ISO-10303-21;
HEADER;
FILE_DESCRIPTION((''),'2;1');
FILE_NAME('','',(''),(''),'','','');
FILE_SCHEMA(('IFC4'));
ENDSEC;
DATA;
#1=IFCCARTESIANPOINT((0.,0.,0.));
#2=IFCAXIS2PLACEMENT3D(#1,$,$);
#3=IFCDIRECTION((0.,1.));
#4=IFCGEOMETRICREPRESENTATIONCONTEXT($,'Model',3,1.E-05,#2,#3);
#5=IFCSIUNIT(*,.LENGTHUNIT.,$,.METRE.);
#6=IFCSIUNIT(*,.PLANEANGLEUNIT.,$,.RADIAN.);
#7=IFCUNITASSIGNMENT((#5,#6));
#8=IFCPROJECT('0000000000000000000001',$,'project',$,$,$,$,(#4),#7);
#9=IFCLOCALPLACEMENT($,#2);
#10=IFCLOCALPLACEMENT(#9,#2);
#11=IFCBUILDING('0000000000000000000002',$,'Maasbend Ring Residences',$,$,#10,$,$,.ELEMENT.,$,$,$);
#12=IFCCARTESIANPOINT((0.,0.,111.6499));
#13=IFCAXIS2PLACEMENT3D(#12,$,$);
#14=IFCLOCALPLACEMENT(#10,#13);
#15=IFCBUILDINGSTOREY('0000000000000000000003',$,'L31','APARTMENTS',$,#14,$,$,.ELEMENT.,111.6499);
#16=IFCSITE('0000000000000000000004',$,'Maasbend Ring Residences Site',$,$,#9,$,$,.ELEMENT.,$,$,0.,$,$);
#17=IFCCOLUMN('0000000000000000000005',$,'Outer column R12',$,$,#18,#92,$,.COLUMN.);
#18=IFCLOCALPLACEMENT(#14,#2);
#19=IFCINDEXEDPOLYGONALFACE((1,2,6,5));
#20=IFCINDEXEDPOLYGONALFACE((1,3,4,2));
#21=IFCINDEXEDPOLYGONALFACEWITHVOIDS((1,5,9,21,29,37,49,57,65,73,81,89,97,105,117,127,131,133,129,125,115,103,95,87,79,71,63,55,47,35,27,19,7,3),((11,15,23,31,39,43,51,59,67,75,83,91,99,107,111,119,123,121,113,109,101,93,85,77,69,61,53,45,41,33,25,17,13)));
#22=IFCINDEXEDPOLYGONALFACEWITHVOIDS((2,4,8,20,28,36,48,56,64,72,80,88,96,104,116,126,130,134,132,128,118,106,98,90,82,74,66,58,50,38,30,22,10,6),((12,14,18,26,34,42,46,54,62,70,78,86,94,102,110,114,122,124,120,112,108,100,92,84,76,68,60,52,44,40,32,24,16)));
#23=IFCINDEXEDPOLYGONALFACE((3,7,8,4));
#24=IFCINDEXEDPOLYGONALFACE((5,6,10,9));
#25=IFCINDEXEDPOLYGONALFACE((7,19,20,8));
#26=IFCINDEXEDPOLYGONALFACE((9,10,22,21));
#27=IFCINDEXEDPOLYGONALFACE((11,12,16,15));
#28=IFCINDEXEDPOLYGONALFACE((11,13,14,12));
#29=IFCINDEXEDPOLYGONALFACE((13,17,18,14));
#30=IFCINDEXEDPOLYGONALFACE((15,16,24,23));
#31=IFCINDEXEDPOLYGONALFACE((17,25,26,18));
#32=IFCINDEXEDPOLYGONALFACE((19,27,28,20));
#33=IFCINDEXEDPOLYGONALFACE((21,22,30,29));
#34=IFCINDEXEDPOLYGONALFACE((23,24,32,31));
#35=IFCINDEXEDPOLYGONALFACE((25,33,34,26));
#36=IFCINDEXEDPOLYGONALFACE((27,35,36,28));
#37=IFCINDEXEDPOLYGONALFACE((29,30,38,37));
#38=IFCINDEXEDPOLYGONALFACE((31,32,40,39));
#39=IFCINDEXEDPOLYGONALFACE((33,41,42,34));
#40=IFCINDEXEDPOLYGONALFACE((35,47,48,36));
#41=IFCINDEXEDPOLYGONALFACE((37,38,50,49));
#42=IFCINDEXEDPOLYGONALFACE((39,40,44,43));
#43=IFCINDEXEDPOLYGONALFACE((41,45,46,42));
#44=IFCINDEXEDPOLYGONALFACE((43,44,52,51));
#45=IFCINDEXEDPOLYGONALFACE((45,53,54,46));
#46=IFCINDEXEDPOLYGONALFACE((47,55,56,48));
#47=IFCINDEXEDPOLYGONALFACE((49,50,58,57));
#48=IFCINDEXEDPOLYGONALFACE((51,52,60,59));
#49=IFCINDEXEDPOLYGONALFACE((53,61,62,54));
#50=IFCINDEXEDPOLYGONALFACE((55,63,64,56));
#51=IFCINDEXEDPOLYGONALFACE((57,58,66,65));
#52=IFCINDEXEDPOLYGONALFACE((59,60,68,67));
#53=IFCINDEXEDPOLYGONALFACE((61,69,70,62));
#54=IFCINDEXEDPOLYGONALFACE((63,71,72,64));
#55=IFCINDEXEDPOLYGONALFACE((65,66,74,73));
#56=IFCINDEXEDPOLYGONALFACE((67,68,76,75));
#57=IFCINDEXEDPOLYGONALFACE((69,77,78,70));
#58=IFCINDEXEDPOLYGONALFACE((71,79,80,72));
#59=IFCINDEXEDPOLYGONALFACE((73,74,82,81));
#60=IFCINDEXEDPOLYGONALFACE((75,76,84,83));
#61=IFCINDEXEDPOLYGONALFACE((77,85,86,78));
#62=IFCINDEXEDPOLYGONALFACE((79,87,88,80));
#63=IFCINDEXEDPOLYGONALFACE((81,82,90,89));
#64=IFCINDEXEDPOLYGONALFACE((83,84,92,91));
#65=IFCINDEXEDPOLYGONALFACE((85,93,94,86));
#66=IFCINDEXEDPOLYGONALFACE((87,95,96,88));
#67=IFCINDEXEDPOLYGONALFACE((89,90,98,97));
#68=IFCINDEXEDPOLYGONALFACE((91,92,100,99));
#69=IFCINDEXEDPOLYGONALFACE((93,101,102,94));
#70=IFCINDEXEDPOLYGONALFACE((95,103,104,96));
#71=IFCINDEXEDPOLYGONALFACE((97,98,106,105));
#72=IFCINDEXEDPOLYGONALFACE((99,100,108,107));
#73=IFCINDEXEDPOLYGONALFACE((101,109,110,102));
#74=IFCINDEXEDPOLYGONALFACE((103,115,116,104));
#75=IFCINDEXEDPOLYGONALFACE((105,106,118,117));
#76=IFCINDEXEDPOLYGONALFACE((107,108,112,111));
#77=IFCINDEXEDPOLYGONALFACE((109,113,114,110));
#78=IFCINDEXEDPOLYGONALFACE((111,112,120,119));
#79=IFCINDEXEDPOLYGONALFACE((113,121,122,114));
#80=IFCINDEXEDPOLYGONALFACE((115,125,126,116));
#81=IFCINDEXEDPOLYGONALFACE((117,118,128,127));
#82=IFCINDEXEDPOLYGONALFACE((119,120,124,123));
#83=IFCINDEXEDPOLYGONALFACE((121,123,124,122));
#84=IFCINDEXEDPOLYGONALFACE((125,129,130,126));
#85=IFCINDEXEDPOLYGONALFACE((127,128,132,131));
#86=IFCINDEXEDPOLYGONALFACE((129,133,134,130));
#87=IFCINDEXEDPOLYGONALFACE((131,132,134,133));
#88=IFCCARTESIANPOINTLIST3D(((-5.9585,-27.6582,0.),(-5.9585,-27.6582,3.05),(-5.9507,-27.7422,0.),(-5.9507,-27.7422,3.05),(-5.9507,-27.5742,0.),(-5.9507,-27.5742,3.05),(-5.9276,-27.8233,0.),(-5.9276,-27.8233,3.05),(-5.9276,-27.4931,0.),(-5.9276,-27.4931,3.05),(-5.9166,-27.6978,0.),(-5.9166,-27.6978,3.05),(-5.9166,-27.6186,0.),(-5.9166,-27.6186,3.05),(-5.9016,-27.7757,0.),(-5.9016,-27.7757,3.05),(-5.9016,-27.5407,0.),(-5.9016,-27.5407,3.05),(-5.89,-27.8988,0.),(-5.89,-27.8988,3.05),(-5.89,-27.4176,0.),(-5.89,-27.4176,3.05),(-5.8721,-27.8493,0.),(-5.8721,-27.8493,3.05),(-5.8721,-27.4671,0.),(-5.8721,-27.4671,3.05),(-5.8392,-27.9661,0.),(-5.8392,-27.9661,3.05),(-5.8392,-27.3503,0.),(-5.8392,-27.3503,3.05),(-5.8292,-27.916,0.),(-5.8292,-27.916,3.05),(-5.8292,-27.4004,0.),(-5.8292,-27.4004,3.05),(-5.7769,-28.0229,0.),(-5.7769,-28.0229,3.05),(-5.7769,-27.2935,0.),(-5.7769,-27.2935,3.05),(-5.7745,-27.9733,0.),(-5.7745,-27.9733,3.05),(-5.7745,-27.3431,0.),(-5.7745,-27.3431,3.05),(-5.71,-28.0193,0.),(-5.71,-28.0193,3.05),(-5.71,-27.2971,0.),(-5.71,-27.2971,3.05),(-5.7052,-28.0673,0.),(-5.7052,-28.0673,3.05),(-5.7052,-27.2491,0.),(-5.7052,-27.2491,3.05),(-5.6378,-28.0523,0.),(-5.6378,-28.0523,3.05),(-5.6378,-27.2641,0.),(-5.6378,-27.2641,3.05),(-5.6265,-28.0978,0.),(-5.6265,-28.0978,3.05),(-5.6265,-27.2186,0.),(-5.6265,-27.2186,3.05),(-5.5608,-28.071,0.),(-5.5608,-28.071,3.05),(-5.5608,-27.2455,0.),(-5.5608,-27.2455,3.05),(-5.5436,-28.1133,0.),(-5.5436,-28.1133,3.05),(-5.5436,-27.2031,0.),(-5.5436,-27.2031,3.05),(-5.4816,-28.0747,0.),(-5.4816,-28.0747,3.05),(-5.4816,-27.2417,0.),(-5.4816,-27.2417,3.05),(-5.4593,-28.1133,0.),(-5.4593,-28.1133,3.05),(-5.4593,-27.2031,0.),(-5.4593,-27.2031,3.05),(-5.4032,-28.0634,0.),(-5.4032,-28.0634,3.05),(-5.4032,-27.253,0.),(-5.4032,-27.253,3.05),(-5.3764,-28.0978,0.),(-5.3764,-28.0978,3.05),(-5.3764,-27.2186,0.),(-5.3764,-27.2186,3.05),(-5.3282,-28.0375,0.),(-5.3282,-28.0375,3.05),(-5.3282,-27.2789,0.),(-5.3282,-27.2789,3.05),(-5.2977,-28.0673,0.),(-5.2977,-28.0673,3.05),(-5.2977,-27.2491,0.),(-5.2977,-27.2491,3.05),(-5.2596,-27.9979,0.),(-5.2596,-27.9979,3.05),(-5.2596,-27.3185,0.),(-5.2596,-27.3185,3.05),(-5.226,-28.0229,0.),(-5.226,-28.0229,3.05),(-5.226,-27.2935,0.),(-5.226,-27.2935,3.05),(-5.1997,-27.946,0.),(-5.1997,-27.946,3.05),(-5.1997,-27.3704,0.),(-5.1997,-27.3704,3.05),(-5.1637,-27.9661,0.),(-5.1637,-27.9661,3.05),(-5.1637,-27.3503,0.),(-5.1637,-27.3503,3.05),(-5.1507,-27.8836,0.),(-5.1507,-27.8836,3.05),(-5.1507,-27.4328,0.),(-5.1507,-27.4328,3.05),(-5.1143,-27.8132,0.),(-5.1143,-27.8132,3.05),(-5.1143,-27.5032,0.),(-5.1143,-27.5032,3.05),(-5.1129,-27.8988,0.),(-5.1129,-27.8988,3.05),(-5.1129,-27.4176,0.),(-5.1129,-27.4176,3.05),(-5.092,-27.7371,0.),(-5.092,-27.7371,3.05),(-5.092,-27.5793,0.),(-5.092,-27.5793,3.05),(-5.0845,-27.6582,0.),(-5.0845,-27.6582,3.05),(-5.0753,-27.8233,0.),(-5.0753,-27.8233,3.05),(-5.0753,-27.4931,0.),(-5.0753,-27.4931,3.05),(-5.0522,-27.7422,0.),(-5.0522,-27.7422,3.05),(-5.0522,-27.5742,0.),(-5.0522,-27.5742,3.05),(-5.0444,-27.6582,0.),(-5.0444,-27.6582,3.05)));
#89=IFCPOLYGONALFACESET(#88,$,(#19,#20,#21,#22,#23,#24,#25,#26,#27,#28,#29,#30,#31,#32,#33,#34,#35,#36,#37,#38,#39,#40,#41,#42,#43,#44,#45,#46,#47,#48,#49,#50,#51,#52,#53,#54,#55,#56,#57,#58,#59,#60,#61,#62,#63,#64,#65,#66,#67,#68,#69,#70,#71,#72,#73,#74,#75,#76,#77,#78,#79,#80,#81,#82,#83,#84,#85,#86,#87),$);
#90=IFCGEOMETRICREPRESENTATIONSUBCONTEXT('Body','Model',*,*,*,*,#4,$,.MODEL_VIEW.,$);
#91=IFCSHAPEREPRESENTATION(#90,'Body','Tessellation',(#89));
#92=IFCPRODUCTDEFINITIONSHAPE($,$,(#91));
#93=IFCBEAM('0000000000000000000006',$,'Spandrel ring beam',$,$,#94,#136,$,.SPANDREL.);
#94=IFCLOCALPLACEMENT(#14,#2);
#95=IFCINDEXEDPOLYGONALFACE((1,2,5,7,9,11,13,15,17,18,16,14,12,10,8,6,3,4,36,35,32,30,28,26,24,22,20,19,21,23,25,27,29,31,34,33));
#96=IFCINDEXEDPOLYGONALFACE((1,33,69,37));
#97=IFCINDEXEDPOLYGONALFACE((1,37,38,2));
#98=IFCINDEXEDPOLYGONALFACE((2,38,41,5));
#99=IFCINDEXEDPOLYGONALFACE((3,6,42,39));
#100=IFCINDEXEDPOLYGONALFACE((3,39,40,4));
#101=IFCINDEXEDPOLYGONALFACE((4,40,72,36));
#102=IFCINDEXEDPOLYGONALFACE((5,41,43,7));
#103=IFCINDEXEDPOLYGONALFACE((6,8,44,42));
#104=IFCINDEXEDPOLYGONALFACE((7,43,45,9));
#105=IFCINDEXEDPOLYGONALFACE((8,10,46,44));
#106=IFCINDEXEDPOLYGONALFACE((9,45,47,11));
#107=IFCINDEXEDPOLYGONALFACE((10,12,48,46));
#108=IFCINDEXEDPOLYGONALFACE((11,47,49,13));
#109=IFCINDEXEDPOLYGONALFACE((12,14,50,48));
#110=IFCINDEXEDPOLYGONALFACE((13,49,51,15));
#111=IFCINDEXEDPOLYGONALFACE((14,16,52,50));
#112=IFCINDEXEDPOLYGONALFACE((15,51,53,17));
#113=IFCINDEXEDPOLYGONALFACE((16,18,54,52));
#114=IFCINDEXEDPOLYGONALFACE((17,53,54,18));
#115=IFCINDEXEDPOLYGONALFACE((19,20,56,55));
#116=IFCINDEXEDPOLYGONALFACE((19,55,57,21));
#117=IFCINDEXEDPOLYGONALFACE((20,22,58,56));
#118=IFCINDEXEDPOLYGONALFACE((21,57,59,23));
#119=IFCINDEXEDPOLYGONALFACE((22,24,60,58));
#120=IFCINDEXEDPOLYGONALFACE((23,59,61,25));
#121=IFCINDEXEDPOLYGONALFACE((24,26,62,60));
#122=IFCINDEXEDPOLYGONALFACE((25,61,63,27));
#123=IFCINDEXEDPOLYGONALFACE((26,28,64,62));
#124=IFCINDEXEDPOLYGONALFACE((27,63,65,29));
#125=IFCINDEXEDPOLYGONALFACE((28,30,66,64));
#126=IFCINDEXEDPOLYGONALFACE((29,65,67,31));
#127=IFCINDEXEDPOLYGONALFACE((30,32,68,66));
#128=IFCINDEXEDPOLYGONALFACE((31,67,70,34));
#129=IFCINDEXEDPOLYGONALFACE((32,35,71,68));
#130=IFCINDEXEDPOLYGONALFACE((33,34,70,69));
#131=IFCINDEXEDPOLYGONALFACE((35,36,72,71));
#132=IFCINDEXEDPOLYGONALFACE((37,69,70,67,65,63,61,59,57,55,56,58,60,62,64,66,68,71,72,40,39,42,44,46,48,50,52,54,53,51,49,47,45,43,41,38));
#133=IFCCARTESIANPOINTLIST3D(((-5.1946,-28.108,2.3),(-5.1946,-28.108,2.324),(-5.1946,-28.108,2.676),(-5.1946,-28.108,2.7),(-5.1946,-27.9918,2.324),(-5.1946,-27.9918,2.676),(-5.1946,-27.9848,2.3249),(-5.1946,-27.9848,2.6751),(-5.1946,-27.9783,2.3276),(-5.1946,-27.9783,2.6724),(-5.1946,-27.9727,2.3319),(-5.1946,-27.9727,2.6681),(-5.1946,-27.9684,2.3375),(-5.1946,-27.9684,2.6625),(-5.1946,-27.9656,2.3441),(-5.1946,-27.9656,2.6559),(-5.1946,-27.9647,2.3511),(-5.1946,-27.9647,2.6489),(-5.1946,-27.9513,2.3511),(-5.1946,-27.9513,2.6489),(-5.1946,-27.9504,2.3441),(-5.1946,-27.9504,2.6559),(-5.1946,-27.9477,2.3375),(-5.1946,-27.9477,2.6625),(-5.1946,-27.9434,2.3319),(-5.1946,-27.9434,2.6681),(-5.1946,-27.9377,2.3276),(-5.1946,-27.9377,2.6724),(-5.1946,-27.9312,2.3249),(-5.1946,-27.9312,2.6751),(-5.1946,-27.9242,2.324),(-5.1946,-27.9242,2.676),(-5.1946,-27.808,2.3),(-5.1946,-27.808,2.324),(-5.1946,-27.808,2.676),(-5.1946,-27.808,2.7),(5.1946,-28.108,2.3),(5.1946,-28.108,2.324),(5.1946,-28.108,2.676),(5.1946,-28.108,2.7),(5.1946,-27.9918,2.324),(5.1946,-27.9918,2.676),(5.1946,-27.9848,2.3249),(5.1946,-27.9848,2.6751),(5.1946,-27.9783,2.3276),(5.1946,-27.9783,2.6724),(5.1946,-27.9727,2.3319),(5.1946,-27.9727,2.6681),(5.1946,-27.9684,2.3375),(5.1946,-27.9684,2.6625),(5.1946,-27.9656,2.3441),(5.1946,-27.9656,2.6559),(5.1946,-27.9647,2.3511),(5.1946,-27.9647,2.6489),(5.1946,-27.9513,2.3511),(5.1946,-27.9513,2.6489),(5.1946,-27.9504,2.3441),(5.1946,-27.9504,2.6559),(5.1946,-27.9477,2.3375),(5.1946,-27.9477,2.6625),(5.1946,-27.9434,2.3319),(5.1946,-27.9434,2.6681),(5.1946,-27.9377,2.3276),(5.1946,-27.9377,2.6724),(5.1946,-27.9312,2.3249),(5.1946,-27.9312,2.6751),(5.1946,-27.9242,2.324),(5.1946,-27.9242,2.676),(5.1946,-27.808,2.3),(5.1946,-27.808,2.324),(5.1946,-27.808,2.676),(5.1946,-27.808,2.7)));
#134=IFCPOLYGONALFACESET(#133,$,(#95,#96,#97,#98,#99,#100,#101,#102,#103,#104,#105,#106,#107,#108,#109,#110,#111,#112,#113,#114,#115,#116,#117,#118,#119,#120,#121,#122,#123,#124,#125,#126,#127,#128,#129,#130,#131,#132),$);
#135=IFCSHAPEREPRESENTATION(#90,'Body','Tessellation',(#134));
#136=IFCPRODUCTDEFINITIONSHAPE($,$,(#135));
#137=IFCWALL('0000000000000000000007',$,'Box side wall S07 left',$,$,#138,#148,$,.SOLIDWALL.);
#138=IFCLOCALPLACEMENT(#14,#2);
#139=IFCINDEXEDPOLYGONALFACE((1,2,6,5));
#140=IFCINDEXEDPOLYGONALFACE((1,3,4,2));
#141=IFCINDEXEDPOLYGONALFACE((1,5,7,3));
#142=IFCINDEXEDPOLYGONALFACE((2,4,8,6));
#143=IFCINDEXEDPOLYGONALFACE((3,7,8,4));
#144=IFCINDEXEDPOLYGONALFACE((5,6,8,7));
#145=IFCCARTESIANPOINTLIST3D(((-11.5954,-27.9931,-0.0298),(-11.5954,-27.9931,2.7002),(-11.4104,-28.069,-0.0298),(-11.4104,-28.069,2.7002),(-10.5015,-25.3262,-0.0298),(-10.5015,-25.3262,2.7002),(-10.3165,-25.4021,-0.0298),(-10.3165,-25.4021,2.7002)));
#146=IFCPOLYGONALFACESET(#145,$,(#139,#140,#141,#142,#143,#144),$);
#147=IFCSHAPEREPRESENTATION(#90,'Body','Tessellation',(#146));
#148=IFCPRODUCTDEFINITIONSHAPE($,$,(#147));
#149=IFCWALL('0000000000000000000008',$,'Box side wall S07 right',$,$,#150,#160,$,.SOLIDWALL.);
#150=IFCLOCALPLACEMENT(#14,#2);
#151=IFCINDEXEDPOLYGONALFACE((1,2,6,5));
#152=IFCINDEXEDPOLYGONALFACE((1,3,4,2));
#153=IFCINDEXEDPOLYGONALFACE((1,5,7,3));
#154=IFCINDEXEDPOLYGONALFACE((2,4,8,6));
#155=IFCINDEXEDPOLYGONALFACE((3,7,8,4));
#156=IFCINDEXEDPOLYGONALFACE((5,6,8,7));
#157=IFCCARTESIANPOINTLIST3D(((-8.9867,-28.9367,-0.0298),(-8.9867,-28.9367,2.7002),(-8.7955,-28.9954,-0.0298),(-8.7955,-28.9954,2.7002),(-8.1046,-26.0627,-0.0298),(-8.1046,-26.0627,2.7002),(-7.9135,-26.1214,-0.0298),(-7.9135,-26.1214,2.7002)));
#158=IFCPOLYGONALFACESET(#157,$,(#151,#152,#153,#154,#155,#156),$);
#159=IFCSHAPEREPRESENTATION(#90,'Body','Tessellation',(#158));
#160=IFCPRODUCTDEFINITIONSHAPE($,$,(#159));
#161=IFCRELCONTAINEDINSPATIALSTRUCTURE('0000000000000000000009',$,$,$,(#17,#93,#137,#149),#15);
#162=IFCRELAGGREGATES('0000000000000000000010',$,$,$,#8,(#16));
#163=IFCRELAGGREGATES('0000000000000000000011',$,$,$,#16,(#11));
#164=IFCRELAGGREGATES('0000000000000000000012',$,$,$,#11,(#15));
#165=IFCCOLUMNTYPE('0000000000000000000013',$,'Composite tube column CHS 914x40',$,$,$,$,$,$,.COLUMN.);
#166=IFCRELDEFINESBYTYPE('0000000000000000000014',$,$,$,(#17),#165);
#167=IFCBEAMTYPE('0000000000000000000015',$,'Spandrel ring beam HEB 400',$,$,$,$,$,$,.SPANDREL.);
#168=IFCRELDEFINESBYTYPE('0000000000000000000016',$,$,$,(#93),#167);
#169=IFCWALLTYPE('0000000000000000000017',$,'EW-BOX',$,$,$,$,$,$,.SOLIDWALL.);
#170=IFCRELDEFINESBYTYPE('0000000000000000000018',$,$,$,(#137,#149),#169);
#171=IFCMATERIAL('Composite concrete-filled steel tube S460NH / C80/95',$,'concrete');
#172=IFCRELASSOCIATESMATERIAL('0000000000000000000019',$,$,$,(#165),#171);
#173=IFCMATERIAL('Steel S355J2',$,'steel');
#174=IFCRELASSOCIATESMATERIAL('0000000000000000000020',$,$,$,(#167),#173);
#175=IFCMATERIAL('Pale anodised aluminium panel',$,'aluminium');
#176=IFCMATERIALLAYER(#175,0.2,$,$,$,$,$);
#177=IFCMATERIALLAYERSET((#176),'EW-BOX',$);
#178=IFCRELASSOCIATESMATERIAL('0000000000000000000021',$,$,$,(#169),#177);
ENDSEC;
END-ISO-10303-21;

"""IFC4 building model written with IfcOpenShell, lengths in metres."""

from ifc_helpers import new_model, si_unit, direction, frame, frame_2d, origin, origin_2d, place, context, subcontext, project, spatial, rectangle, hollow_circle, i_section, extrude, material, layer, layer_set, material_profile, profile_set, type_object, element, save


model = new_model("IFC4")

# Units and contexts
model_context = context("Model", 3, precision=1e-05, world=origin(), true_north=direction((0.0, 1.0)))
body_context = subcontext(model_context, "Body", "Model", "MODEL_VIEW")
ifc_project = project(units=[si_unit("LENGTHUNIT", "METRE"), si_unit("PLANEANGLEUNIT", "RADIAN")], contexts=[model_context])

# Site, building, storey
site_placement = place(None, origin())
site = spatial("IfcSite", under=ifc_project, at=site_placement, Name="Maasbend Ring Residences Site", CompositionType="ELEMENT", RefElevation=0.0)
building_placement = place(site_placement, origin())
building = spatial("IfcBuilding", under=site, at=building_placement, Name="Maasbend Ring Residences", CompositionType="ELEMENT")
storey_placement = place(building_placement, frame((0.0, 0.0, 111.6499)))
storey = spatial("IfcBuildingStorey", under=building, at=storey_placement, Name="L31", Description="APARTMENTS", CompositionType="ELEMENT", Elevation=111.6499)

# Column
ifc_material_1 = material(Name="Composite concrete-filled steel tube S460NH / C80/95", Category="concrete")
ifc_material_profile_1 = material_profile(ifc_material_1, hollow_circle(Radius=0.457, WallThickness=0.04, at=origin_2d()), Name="Composite tube column CHS 914x40")
ifc_profile_set_1 = profile_set([ifc_material_profile_1], Name="Composite concrete-filled steel tube S460NH / C80/95")
column_type = type_object("IfcColumnType", Name="Composite tube column CHS 914x40", PredefinedType="COLUMN", material=ifc_profile_set_1)
column_placement = place(storey_placement, frame((-5.5015, -27.6582, 0.0), z_axis=(0.0, 0.0, 1.0), x_axis=(1.0, 0.0, 0.0)))
element("IfcColumn", 1, at=column_placement, inside=storey, type_object=column_type, Name="Outer column R12", PredefinedType="COLUMN", context=body_context, shape_type="SweptSolid", body=[
    extrude(hollow_circle(Radius=0.457, WallThickness=0.04, at=origin_2d()), origin(), (0.0, 0.0, 1.0), 3.05),
])

# Beam
ifc_material_2 = material(Name="Steel S355J2", Category="steel")
ifc_material_profile_2 = material_profile(ifc_material_2, i_section(OverallWidth=0.3, OverallDepth=0.3999, WebThickness=0.0134, FlangeThickness=0.0239, FilletRadius=0.0271, at=origin_2d()), Name="HEB 400")
ifc_profile_set_2 = profile_set([ifc_material_profile_2], Name="Steel S355J2")
beam_type = type_object("IfcBeamType", Name="Spandrel ring beam HEB 400", PredefinedType="SPANDREL", material=ifc_profile_set_2)
beam_placement = place(storey_placement, frame((-5.1946, -27.958, 2.5), z_axis=(1.0, 0.0, 0.0), x_axis=(0.0, 1.0, 0.0)))
element("IfcBeam", 2, at=beam_placement, inside=storey, type_object=beam_type, Name="Spandrel ring beam", PredefinedType="SPANDREL", context=body_context, shape_type="SweptSolid", body=[
    extrude(i_section(OverallWidth=0.3, OverallDepth=0.3999, WebThickness=0.0134, FlangeThickness=0.0239, FilletRadius=0.0271, at=origin_2d()), origin(), (0.0, 0.0, 1.0), 10.3892),
])

# Walls
ifc_material_3 = material(Name="Pale anodised aluminium panel", Category="aluminium")
ifc_layer_1 = layer(ifc_material_3, 0.2)
ifc_layer_set_1 = layer_set([ifc_layer_1], Name="EW-BOX")
wall_type_1 = type_object("IfcWallType", Name="EW-BOX", PredefinedType="SOLIDWALL", material=ifc_layer_set_1)
wall_1_placement = place(storey_placement, frame((-10.4089, -25.364, -0.0298), z_axis=(0.0, 0.0, 1.0), x_axis=(-0.37951, -0.925188, 0.0)))
element("IfcWall", 3, at=wall_1_placement, inside=storey, type_object=wall_type_1, Name="Box side wall S07 left", PredefinedType="SOLIDWALL", context=body_context, shape_type="SweptSolid", body=[
    extrude(rectangle(XDim=2.8826, YDim=0.2, at=frame_2d((1.4414, 0.0))), origin(), (0.0, 0.0, 1.0), 2.73),
])
wall_2_placement = place(storey_placement, frame((-8.009, -26.092, -0.0298), z_axis=(0.0, 0.0, 1.0), x_axis=(-0.293407, -0.955988, 0.0)))
element("IfcWall", 4, at=wall_2_placement, inside=storey, type_object=wall_type_1, Name="Box side wall S07 right", PredefinedType="SOLIDWALL", context=body_context, shape_type="SweptSolid", body=[
    extrude(rectangle(XDim=3.0063, YDim=0.2, at=frame_2d((1.5032, 0.0))), origin(), (0.0, 0.0, 1.0), 2.73),
])

save(model, "model.ifc")
